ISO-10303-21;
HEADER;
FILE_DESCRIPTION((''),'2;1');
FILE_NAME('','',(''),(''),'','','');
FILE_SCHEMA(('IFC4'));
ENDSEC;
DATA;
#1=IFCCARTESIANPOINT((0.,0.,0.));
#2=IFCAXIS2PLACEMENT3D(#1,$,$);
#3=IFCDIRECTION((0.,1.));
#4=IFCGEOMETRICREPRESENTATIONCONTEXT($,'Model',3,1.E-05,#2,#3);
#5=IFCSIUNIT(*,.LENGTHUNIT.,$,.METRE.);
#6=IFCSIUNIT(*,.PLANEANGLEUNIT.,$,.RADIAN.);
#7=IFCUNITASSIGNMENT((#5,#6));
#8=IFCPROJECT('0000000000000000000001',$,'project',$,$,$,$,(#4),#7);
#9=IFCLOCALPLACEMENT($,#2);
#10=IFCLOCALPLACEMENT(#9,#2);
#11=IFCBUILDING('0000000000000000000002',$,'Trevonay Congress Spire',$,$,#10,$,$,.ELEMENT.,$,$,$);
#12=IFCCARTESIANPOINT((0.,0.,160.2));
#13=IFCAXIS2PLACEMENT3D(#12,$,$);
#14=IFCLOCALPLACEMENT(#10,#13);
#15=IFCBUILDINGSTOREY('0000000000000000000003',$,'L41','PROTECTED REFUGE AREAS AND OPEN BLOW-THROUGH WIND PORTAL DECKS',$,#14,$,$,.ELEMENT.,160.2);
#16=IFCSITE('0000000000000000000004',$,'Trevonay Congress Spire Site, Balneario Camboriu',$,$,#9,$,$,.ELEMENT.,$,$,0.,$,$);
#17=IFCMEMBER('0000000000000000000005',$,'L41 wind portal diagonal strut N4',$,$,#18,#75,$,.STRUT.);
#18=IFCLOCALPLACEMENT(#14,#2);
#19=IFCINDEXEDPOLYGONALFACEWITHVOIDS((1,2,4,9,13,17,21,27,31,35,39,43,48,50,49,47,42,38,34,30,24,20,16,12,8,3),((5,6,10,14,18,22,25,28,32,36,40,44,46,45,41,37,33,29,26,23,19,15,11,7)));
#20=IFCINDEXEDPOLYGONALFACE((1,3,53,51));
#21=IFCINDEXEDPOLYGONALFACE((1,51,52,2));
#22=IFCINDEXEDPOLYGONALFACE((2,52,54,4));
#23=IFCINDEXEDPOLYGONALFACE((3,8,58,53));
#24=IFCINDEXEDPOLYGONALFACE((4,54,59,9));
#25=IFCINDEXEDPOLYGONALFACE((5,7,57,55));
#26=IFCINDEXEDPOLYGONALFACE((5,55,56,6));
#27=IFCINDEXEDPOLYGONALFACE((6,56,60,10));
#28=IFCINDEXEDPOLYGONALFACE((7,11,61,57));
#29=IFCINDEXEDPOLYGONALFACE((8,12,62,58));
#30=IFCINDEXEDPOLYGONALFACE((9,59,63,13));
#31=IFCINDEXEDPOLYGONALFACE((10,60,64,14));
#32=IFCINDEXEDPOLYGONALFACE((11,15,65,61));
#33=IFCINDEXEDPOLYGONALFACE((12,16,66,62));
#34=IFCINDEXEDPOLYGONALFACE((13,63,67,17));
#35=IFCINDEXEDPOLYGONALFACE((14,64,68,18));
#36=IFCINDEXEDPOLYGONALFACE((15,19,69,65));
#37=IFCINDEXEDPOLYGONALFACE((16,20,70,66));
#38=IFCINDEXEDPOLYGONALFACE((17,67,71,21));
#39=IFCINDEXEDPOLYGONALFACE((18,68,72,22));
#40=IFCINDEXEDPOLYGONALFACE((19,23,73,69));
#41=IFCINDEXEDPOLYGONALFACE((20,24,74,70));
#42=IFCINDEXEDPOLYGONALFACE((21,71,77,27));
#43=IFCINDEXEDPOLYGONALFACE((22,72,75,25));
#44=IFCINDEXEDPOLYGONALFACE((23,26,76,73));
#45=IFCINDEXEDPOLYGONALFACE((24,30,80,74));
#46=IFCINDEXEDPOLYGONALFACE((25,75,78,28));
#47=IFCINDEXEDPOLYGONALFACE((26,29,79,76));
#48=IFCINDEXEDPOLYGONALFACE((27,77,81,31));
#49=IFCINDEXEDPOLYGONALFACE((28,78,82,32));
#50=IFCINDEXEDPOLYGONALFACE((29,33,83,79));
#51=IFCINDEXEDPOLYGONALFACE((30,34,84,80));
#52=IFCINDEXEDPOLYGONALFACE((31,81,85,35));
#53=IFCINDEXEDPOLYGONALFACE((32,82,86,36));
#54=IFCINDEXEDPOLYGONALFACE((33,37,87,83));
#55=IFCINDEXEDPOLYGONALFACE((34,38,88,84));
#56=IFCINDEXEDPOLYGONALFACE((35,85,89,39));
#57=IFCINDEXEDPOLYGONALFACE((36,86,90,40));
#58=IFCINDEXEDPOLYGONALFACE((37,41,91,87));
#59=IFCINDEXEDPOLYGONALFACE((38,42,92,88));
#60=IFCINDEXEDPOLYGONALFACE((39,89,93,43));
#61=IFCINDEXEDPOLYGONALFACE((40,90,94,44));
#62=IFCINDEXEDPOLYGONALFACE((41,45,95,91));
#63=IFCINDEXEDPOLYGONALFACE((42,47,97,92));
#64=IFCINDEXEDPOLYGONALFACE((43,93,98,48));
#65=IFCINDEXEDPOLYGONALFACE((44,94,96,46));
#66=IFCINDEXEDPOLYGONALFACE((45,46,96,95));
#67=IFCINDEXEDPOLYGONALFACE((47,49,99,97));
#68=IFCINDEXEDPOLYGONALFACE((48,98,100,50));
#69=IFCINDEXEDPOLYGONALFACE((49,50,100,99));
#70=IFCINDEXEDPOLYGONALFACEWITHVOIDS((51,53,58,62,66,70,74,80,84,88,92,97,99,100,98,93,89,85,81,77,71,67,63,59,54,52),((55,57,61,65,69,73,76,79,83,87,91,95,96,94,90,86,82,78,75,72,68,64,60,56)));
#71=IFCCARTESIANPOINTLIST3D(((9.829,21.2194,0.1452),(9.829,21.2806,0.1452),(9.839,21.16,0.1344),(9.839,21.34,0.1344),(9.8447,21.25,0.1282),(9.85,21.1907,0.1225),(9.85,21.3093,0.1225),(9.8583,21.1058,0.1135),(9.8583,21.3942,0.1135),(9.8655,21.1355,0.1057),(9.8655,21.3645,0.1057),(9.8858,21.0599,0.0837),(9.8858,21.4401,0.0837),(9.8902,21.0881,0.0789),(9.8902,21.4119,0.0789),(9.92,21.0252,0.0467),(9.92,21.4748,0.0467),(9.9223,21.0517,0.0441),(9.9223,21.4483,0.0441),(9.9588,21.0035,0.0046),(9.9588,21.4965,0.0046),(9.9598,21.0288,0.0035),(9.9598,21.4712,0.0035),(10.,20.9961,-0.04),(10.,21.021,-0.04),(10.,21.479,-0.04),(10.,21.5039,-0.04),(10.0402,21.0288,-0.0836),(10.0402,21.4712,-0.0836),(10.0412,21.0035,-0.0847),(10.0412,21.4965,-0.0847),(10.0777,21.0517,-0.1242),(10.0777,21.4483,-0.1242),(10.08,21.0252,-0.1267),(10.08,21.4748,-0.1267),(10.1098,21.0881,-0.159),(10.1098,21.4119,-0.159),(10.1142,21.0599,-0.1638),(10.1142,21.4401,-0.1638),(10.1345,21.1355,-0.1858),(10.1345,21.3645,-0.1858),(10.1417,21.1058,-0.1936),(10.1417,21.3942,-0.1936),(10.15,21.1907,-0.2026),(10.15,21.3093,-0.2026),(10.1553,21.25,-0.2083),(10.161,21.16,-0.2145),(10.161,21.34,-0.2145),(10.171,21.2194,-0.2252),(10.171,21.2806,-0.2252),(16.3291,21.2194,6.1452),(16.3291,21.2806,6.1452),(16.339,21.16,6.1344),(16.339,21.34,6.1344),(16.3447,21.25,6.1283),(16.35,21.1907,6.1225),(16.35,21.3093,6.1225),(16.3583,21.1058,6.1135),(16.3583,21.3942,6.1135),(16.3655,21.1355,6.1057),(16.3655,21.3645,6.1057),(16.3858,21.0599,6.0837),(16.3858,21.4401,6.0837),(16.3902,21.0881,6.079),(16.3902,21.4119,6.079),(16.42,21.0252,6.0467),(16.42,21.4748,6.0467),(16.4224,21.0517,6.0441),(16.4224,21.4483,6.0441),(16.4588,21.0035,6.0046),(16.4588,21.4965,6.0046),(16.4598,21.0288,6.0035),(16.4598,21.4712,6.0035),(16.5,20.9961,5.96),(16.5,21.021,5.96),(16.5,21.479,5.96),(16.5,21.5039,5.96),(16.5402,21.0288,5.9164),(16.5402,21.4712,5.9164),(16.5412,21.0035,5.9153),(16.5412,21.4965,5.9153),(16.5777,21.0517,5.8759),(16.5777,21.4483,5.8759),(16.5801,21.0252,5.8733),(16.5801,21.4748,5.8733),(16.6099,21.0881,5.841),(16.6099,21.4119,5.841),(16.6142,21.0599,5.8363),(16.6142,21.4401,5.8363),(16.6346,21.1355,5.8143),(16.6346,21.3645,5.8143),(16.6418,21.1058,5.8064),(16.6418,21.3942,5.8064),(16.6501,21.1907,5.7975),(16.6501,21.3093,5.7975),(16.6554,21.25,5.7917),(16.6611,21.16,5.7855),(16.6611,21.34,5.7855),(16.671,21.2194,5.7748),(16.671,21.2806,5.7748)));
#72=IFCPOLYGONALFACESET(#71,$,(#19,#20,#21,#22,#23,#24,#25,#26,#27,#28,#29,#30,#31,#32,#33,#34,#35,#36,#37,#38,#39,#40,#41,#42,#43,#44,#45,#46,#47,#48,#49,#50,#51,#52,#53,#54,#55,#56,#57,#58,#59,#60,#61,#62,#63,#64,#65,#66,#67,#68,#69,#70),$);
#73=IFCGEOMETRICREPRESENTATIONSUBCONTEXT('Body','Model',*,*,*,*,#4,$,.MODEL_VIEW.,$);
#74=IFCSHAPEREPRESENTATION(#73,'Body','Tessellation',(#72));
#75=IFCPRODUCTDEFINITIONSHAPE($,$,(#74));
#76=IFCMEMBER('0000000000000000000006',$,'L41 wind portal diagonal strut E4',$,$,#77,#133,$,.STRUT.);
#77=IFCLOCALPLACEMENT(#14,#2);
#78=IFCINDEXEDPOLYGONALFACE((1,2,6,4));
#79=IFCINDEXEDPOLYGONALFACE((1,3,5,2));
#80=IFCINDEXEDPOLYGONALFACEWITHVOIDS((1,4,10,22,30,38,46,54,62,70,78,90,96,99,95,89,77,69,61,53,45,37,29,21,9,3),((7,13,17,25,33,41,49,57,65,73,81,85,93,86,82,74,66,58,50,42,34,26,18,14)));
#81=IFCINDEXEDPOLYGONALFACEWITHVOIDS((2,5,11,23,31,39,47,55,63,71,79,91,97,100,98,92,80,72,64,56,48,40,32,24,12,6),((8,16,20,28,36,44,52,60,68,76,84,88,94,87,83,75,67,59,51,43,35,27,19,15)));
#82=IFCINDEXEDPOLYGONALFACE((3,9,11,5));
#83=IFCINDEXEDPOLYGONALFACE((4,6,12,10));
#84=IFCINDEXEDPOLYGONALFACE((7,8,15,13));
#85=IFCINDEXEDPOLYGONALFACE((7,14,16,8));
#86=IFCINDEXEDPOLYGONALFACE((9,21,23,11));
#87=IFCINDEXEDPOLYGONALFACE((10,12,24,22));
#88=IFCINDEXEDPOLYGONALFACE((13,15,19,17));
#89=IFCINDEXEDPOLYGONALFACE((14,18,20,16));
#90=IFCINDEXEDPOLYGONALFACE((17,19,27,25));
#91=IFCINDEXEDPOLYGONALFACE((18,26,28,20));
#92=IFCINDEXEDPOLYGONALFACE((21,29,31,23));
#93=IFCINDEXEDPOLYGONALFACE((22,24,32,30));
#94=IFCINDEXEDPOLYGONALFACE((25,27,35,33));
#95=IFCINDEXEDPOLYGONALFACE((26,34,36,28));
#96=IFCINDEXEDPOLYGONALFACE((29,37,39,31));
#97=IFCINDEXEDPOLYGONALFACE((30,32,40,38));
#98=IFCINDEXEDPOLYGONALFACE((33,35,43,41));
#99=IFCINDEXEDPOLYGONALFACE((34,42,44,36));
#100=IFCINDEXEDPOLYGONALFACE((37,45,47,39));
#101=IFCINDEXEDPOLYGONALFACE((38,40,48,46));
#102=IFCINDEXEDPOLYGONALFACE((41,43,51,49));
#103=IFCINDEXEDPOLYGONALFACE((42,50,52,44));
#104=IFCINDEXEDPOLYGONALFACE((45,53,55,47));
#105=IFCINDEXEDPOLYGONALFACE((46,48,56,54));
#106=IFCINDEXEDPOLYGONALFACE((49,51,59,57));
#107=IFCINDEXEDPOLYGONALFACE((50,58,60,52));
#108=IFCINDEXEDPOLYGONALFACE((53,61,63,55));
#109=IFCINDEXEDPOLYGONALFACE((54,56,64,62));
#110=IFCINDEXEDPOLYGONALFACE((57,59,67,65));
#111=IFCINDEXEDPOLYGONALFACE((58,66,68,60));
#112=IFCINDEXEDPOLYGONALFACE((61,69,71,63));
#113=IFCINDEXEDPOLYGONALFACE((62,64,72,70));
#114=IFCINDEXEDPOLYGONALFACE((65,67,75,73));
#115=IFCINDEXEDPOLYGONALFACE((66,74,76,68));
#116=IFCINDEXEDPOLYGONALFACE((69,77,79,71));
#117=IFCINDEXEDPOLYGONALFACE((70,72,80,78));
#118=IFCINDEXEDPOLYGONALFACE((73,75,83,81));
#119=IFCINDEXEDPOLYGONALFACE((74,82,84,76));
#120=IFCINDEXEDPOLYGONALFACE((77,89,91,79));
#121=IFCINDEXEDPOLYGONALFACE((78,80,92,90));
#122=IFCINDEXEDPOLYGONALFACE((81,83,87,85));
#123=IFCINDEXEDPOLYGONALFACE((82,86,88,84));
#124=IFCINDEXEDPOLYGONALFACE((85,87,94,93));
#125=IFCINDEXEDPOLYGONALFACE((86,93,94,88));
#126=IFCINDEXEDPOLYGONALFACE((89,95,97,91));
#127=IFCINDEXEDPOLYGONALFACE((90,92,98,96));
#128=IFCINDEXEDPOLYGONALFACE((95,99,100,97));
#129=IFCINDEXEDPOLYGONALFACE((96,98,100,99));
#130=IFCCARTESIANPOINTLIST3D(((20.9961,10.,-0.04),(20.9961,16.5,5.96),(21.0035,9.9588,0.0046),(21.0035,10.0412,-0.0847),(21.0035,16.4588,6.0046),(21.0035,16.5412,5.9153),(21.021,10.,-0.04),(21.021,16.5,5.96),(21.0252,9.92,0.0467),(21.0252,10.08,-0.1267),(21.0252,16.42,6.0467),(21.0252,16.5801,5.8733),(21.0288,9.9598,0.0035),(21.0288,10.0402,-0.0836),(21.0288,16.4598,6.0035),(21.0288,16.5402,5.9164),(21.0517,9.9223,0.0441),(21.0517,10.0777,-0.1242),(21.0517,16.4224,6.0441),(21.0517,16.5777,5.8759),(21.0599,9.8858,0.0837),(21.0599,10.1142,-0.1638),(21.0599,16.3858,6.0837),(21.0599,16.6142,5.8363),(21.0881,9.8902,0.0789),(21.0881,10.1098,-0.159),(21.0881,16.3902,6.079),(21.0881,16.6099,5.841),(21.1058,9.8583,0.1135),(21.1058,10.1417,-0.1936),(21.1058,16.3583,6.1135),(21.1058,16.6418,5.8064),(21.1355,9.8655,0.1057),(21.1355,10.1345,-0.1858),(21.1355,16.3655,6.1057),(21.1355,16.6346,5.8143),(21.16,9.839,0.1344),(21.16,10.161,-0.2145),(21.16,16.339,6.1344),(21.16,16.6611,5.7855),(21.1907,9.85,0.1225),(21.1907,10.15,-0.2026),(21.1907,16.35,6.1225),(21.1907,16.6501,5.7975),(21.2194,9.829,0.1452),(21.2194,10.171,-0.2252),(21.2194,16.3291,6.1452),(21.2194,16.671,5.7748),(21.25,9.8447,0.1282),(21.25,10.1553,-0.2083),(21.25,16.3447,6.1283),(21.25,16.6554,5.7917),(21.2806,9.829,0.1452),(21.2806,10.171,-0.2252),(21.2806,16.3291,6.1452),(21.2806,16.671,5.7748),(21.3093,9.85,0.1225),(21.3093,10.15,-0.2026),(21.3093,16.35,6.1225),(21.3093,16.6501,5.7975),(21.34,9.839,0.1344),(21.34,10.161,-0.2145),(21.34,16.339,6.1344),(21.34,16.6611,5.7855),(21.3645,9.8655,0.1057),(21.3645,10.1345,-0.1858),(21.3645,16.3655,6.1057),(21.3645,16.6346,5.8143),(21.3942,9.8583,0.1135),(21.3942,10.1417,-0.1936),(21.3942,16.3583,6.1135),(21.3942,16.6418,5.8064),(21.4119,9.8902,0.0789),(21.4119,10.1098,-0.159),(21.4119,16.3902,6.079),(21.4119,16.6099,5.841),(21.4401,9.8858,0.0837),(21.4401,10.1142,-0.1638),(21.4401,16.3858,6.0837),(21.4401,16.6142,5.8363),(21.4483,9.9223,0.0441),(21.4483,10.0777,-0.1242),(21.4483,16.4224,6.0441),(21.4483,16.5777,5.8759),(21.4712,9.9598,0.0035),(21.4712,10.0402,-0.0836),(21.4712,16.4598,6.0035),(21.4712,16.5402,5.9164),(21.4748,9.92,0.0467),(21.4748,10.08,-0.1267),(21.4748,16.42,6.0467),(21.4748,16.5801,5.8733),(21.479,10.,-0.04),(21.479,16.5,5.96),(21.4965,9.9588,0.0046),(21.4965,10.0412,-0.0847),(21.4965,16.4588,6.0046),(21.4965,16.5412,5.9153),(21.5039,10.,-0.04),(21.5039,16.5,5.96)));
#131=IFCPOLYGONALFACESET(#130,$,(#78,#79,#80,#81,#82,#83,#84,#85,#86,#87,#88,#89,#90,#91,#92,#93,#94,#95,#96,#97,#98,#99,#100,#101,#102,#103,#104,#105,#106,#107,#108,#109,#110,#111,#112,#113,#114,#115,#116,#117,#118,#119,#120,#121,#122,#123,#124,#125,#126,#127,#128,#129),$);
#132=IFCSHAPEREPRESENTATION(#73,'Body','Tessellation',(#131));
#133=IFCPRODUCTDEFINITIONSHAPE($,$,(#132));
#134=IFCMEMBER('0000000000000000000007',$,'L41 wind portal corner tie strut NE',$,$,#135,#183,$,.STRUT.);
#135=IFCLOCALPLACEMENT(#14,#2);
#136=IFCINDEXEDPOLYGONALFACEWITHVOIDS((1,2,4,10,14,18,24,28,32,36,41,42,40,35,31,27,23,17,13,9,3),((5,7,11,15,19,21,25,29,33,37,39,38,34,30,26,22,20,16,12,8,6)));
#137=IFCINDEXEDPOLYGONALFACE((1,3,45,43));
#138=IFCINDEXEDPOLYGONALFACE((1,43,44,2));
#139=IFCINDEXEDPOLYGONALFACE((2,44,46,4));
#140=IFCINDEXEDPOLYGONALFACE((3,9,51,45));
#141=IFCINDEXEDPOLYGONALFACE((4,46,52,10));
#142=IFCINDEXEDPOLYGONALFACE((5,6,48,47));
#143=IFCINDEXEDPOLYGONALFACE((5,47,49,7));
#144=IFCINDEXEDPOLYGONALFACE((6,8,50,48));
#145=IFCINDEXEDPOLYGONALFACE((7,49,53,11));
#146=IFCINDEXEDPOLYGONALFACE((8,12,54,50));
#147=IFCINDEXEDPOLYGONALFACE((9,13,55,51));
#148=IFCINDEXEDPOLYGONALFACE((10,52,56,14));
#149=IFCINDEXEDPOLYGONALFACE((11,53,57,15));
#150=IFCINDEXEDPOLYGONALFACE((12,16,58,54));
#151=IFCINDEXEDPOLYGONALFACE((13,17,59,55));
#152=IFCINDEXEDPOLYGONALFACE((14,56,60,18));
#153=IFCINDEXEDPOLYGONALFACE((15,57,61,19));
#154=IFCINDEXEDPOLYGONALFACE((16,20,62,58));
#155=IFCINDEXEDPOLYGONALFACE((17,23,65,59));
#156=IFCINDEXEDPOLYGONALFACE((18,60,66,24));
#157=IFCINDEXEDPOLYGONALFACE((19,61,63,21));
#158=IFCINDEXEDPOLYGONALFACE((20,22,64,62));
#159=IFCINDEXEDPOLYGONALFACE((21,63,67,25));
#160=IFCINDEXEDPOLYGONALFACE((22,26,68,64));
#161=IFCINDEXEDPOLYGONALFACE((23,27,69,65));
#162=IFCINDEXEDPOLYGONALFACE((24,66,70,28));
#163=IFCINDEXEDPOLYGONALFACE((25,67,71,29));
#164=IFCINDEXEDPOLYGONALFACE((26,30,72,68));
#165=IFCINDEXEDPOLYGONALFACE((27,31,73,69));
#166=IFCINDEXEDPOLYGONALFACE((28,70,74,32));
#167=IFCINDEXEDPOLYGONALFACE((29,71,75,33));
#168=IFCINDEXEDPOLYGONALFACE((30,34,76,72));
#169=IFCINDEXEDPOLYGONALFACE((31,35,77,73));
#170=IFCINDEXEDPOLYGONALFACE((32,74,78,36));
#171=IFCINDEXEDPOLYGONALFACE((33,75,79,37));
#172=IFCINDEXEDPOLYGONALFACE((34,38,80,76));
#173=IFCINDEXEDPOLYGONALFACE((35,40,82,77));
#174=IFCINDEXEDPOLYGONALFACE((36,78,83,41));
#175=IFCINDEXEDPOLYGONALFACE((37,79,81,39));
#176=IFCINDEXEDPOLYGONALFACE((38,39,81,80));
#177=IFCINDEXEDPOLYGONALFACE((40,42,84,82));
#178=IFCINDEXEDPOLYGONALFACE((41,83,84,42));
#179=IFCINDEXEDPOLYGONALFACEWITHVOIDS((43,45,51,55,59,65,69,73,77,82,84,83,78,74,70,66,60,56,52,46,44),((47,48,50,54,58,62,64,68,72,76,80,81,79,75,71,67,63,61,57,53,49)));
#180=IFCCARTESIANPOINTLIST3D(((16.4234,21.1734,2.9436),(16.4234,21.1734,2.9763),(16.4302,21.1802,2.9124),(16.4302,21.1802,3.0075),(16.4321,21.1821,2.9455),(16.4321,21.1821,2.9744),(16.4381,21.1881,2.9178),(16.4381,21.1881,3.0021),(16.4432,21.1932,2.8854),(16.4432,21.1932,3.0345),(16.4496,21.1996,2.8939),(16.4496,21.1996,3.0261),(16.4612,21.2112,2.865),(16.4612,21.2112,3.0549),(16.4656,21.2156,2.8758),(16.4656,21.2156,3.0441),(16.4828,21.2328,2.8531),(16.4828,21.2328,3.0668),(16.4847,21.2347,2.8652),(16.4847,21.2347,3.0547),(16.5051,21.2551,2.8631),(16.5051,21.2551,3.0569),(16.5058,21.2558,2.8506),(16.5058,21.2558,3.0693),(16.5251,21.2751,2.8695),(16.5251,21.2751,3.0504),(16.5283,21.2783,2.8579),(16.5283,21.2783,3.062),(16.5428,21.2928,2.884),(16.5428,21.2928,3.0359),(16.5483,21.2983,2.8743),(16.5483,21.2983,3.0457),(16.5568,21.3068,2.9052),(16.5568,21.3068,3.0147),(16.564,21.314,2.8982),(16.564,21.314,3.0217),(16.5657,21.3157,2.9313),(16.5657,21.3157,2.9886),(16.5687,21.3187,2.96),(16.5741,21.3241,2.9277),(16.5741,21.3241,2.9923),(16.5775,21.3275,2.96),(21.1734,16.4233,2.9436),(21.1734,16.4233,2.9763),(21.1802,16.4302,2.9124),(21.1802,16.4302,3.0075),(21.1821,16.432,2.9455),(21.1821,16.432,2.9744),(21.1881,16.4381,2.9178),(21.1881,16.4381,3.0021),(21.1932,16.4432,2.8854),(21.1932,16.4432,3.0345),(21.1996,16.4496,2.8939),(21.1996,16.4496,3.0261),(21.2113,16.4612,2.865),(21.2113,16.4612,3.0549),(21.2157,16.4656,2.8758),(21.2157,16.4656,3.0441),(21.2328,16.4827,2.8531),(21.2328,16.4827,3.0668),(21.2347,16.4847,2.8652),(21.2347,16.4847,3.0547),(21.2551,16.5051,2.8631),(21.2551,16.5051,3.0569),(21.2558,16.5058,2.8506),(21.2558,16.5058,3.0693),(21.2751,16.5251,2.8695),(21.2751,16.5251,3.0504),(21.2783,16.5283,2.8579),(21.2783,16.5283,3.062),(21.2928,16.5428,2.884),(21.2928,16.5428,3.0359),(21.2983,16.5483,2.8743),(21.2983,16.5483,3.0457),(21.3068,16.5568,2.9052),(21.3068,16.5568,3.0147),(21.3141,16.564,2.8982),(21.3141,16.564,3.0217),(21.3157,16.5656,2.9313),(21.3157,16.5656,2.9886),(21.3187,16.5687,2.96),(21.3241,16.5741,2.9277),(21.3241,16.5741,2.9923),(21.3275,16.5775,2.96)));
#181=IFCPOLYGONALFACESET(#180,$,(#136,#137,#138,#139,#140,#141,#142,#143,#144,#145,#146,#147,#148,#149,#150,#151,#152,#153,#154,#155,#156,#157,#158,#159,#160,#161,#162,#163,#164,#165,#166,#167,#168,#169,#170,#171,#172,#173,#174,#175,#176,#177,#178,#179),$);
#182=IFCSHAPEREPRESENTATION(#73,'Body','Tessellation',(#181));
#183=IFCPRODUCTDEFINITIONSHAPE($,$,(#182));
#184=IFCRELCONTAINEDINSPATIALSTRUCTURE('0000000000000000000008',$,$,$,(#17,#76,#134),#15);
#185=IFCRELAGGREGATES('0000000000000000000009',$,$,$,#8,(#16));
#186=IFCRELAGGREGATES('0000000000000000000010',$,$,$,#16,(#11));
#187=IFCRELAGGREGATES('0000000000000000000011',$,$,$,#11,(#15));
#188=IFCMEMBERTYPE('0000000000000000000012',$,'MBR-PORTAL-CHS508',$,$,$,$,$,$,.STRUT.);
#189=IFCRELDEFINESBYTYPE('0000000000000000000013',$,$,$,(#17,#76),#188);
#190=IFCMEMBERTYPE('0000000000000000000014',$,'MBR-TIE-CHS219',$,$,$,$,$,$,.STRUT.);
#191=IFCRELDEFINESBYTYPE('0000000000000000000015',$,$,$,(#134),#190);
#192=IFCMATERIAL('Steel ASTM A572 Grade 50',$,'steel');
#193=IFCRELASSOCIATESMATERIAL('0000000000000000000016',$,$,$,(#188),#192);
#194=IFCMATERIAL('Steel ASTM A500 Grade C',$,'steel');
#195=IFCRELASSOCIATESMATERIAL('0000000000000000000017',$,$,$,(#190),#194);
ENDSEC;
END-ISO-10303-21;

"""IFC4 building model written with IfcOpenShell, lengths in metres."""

from ifc_helpers import new_model, si_unit, direction, frame, origin, origin_2d, place, context, subcontext, project, spatial, hollow_circle, extrude, material, material_profile, profile_set, type_object, element, save


model = new_model("IFC4")

# Units and contexts
model_context = context("Model", 3, precision=1e-05, world=origin(), true_north=direction((0.0, 1.0)))
body_context = subcontext(model_context, "Body", "Model", "MODEL_VIEW")
ifc_project = project(units=[si_unit("LENGTHUNIT", "METRE"), si_unit("PLANEANGLEUNIT", "RADIAN")], contexts=[model_context])

# Site, building, storey
site_placement = place(None, origin())
site = spatial("IfcSite", under=ifc_project, at=site_placement, Name="Trevonay Congress Spire Site, Balneario Camboriu", CompositionType="ELEMENT", RefElevation=0.0)
building_placement = place(site_placement, origin())
building = spatial("IfcBuilding", under=site, at=building_placement, Name="Trevonay Congress Spire", CompositionType="ELEMENT")
storey_placement = place(building_placement, frame((0.0, 0.0, 160.2)))
storey = spatial("IfcBuildingStorey", under=building, at=storey_placement, Name="L41", Description="PROTECTED REFUGE AREAS AND OPEN BLOW-THROUGH WIND PORTAL DECKS", CompositionType="ELEMENT", Elevation=160.2)

# Shared definitions
ifc_material_1 = material(Name="Steel ASTM A572 Grade 50", Category="steel")

# Members
ifc_material_profile_1 = material_profile(ifc_material_1, hollow_circle(Radius=0.2539, WallThickness=0.0249, at=origin_2d()), Name="CHS 508x25")
ifc_profile_set_1 = profile_set([ifc_material_profile_1], Name="Steel ASTM A572 Grade 50")
member_type_1 = type_object("IfcMemberType", Name="MBR-PORTAL-CHS508", PredefinedType="STRUT", material=ifc_profile_set_1)
for number, where, z_axis, x_axis, name in (
    (1, (10.0, 21.25, -0.04), (0.734803, 0.0, 0.67828), (0.0, 1.0, 0.0), "L41 wind portal diagonal strut N4"),
    (2, (21.25, 10.0, -0.04), (0.0, 0.734803, 0.67828), (-1.0, 0.0, 0.0), "L41 wind portal diagonal strut E4"),
):
    element("IfcMember", number, at=place(storey_placement, frame(where, z_axis=z_axis, x_axis=x_axis)), inside=storey, type_object=member_type_1, Name=name, PredefinedType="STRUT", context=body_context, shape_type="SweptSolid", body=[
        extrude(hollow_circle(Radius=0.2539, WallThickness=0.0249, at=origin_2d()), origin(), (0.0, 0.0, 1.0), 8.8459),
    ])
ifc_material_2 = material(Name="Steel ASTM A500 Grade C", Category="steel")
ifc_material_profile_2 = material_profile(ifc_material_2, hollow_circle(Radius=0.1096, WallThickness=0.0125, at=origin_2d()), Name="CHS 219.1x12.5")
ifc_profile_set_2 = profile_set([ifc_material_profile_2], Name="Steel ASTM A500 Grade C")
member_type_2 = type_object("IfcMemberType", Name="MBR-TIE-CHS219", PredefinedType="STRUT", material=ifc_profile_set_2)
member_placement = place(storey_placement, frame((16.5, 21.25, 2.96), z_axis=(0.707107, -0.707107, 0.0), x_axis=(0.707107, 0.707107, 0.0)))
element("IfcMember", 3, at=member_placement, inside=storey, type_object=member_type_2, Name="L41 wind portal corner tie strut NE", PredefinedType="STRUT", context=body_context, shape_type="SweptSolid", body=[
    extrude(hollow_circle(Radius=0.1096, WallThickness=0.0125, at=origin_2d()), origin(), (0.0, 0.0, 1.0), 6.7175),
])

save(model, "model.ifc")
